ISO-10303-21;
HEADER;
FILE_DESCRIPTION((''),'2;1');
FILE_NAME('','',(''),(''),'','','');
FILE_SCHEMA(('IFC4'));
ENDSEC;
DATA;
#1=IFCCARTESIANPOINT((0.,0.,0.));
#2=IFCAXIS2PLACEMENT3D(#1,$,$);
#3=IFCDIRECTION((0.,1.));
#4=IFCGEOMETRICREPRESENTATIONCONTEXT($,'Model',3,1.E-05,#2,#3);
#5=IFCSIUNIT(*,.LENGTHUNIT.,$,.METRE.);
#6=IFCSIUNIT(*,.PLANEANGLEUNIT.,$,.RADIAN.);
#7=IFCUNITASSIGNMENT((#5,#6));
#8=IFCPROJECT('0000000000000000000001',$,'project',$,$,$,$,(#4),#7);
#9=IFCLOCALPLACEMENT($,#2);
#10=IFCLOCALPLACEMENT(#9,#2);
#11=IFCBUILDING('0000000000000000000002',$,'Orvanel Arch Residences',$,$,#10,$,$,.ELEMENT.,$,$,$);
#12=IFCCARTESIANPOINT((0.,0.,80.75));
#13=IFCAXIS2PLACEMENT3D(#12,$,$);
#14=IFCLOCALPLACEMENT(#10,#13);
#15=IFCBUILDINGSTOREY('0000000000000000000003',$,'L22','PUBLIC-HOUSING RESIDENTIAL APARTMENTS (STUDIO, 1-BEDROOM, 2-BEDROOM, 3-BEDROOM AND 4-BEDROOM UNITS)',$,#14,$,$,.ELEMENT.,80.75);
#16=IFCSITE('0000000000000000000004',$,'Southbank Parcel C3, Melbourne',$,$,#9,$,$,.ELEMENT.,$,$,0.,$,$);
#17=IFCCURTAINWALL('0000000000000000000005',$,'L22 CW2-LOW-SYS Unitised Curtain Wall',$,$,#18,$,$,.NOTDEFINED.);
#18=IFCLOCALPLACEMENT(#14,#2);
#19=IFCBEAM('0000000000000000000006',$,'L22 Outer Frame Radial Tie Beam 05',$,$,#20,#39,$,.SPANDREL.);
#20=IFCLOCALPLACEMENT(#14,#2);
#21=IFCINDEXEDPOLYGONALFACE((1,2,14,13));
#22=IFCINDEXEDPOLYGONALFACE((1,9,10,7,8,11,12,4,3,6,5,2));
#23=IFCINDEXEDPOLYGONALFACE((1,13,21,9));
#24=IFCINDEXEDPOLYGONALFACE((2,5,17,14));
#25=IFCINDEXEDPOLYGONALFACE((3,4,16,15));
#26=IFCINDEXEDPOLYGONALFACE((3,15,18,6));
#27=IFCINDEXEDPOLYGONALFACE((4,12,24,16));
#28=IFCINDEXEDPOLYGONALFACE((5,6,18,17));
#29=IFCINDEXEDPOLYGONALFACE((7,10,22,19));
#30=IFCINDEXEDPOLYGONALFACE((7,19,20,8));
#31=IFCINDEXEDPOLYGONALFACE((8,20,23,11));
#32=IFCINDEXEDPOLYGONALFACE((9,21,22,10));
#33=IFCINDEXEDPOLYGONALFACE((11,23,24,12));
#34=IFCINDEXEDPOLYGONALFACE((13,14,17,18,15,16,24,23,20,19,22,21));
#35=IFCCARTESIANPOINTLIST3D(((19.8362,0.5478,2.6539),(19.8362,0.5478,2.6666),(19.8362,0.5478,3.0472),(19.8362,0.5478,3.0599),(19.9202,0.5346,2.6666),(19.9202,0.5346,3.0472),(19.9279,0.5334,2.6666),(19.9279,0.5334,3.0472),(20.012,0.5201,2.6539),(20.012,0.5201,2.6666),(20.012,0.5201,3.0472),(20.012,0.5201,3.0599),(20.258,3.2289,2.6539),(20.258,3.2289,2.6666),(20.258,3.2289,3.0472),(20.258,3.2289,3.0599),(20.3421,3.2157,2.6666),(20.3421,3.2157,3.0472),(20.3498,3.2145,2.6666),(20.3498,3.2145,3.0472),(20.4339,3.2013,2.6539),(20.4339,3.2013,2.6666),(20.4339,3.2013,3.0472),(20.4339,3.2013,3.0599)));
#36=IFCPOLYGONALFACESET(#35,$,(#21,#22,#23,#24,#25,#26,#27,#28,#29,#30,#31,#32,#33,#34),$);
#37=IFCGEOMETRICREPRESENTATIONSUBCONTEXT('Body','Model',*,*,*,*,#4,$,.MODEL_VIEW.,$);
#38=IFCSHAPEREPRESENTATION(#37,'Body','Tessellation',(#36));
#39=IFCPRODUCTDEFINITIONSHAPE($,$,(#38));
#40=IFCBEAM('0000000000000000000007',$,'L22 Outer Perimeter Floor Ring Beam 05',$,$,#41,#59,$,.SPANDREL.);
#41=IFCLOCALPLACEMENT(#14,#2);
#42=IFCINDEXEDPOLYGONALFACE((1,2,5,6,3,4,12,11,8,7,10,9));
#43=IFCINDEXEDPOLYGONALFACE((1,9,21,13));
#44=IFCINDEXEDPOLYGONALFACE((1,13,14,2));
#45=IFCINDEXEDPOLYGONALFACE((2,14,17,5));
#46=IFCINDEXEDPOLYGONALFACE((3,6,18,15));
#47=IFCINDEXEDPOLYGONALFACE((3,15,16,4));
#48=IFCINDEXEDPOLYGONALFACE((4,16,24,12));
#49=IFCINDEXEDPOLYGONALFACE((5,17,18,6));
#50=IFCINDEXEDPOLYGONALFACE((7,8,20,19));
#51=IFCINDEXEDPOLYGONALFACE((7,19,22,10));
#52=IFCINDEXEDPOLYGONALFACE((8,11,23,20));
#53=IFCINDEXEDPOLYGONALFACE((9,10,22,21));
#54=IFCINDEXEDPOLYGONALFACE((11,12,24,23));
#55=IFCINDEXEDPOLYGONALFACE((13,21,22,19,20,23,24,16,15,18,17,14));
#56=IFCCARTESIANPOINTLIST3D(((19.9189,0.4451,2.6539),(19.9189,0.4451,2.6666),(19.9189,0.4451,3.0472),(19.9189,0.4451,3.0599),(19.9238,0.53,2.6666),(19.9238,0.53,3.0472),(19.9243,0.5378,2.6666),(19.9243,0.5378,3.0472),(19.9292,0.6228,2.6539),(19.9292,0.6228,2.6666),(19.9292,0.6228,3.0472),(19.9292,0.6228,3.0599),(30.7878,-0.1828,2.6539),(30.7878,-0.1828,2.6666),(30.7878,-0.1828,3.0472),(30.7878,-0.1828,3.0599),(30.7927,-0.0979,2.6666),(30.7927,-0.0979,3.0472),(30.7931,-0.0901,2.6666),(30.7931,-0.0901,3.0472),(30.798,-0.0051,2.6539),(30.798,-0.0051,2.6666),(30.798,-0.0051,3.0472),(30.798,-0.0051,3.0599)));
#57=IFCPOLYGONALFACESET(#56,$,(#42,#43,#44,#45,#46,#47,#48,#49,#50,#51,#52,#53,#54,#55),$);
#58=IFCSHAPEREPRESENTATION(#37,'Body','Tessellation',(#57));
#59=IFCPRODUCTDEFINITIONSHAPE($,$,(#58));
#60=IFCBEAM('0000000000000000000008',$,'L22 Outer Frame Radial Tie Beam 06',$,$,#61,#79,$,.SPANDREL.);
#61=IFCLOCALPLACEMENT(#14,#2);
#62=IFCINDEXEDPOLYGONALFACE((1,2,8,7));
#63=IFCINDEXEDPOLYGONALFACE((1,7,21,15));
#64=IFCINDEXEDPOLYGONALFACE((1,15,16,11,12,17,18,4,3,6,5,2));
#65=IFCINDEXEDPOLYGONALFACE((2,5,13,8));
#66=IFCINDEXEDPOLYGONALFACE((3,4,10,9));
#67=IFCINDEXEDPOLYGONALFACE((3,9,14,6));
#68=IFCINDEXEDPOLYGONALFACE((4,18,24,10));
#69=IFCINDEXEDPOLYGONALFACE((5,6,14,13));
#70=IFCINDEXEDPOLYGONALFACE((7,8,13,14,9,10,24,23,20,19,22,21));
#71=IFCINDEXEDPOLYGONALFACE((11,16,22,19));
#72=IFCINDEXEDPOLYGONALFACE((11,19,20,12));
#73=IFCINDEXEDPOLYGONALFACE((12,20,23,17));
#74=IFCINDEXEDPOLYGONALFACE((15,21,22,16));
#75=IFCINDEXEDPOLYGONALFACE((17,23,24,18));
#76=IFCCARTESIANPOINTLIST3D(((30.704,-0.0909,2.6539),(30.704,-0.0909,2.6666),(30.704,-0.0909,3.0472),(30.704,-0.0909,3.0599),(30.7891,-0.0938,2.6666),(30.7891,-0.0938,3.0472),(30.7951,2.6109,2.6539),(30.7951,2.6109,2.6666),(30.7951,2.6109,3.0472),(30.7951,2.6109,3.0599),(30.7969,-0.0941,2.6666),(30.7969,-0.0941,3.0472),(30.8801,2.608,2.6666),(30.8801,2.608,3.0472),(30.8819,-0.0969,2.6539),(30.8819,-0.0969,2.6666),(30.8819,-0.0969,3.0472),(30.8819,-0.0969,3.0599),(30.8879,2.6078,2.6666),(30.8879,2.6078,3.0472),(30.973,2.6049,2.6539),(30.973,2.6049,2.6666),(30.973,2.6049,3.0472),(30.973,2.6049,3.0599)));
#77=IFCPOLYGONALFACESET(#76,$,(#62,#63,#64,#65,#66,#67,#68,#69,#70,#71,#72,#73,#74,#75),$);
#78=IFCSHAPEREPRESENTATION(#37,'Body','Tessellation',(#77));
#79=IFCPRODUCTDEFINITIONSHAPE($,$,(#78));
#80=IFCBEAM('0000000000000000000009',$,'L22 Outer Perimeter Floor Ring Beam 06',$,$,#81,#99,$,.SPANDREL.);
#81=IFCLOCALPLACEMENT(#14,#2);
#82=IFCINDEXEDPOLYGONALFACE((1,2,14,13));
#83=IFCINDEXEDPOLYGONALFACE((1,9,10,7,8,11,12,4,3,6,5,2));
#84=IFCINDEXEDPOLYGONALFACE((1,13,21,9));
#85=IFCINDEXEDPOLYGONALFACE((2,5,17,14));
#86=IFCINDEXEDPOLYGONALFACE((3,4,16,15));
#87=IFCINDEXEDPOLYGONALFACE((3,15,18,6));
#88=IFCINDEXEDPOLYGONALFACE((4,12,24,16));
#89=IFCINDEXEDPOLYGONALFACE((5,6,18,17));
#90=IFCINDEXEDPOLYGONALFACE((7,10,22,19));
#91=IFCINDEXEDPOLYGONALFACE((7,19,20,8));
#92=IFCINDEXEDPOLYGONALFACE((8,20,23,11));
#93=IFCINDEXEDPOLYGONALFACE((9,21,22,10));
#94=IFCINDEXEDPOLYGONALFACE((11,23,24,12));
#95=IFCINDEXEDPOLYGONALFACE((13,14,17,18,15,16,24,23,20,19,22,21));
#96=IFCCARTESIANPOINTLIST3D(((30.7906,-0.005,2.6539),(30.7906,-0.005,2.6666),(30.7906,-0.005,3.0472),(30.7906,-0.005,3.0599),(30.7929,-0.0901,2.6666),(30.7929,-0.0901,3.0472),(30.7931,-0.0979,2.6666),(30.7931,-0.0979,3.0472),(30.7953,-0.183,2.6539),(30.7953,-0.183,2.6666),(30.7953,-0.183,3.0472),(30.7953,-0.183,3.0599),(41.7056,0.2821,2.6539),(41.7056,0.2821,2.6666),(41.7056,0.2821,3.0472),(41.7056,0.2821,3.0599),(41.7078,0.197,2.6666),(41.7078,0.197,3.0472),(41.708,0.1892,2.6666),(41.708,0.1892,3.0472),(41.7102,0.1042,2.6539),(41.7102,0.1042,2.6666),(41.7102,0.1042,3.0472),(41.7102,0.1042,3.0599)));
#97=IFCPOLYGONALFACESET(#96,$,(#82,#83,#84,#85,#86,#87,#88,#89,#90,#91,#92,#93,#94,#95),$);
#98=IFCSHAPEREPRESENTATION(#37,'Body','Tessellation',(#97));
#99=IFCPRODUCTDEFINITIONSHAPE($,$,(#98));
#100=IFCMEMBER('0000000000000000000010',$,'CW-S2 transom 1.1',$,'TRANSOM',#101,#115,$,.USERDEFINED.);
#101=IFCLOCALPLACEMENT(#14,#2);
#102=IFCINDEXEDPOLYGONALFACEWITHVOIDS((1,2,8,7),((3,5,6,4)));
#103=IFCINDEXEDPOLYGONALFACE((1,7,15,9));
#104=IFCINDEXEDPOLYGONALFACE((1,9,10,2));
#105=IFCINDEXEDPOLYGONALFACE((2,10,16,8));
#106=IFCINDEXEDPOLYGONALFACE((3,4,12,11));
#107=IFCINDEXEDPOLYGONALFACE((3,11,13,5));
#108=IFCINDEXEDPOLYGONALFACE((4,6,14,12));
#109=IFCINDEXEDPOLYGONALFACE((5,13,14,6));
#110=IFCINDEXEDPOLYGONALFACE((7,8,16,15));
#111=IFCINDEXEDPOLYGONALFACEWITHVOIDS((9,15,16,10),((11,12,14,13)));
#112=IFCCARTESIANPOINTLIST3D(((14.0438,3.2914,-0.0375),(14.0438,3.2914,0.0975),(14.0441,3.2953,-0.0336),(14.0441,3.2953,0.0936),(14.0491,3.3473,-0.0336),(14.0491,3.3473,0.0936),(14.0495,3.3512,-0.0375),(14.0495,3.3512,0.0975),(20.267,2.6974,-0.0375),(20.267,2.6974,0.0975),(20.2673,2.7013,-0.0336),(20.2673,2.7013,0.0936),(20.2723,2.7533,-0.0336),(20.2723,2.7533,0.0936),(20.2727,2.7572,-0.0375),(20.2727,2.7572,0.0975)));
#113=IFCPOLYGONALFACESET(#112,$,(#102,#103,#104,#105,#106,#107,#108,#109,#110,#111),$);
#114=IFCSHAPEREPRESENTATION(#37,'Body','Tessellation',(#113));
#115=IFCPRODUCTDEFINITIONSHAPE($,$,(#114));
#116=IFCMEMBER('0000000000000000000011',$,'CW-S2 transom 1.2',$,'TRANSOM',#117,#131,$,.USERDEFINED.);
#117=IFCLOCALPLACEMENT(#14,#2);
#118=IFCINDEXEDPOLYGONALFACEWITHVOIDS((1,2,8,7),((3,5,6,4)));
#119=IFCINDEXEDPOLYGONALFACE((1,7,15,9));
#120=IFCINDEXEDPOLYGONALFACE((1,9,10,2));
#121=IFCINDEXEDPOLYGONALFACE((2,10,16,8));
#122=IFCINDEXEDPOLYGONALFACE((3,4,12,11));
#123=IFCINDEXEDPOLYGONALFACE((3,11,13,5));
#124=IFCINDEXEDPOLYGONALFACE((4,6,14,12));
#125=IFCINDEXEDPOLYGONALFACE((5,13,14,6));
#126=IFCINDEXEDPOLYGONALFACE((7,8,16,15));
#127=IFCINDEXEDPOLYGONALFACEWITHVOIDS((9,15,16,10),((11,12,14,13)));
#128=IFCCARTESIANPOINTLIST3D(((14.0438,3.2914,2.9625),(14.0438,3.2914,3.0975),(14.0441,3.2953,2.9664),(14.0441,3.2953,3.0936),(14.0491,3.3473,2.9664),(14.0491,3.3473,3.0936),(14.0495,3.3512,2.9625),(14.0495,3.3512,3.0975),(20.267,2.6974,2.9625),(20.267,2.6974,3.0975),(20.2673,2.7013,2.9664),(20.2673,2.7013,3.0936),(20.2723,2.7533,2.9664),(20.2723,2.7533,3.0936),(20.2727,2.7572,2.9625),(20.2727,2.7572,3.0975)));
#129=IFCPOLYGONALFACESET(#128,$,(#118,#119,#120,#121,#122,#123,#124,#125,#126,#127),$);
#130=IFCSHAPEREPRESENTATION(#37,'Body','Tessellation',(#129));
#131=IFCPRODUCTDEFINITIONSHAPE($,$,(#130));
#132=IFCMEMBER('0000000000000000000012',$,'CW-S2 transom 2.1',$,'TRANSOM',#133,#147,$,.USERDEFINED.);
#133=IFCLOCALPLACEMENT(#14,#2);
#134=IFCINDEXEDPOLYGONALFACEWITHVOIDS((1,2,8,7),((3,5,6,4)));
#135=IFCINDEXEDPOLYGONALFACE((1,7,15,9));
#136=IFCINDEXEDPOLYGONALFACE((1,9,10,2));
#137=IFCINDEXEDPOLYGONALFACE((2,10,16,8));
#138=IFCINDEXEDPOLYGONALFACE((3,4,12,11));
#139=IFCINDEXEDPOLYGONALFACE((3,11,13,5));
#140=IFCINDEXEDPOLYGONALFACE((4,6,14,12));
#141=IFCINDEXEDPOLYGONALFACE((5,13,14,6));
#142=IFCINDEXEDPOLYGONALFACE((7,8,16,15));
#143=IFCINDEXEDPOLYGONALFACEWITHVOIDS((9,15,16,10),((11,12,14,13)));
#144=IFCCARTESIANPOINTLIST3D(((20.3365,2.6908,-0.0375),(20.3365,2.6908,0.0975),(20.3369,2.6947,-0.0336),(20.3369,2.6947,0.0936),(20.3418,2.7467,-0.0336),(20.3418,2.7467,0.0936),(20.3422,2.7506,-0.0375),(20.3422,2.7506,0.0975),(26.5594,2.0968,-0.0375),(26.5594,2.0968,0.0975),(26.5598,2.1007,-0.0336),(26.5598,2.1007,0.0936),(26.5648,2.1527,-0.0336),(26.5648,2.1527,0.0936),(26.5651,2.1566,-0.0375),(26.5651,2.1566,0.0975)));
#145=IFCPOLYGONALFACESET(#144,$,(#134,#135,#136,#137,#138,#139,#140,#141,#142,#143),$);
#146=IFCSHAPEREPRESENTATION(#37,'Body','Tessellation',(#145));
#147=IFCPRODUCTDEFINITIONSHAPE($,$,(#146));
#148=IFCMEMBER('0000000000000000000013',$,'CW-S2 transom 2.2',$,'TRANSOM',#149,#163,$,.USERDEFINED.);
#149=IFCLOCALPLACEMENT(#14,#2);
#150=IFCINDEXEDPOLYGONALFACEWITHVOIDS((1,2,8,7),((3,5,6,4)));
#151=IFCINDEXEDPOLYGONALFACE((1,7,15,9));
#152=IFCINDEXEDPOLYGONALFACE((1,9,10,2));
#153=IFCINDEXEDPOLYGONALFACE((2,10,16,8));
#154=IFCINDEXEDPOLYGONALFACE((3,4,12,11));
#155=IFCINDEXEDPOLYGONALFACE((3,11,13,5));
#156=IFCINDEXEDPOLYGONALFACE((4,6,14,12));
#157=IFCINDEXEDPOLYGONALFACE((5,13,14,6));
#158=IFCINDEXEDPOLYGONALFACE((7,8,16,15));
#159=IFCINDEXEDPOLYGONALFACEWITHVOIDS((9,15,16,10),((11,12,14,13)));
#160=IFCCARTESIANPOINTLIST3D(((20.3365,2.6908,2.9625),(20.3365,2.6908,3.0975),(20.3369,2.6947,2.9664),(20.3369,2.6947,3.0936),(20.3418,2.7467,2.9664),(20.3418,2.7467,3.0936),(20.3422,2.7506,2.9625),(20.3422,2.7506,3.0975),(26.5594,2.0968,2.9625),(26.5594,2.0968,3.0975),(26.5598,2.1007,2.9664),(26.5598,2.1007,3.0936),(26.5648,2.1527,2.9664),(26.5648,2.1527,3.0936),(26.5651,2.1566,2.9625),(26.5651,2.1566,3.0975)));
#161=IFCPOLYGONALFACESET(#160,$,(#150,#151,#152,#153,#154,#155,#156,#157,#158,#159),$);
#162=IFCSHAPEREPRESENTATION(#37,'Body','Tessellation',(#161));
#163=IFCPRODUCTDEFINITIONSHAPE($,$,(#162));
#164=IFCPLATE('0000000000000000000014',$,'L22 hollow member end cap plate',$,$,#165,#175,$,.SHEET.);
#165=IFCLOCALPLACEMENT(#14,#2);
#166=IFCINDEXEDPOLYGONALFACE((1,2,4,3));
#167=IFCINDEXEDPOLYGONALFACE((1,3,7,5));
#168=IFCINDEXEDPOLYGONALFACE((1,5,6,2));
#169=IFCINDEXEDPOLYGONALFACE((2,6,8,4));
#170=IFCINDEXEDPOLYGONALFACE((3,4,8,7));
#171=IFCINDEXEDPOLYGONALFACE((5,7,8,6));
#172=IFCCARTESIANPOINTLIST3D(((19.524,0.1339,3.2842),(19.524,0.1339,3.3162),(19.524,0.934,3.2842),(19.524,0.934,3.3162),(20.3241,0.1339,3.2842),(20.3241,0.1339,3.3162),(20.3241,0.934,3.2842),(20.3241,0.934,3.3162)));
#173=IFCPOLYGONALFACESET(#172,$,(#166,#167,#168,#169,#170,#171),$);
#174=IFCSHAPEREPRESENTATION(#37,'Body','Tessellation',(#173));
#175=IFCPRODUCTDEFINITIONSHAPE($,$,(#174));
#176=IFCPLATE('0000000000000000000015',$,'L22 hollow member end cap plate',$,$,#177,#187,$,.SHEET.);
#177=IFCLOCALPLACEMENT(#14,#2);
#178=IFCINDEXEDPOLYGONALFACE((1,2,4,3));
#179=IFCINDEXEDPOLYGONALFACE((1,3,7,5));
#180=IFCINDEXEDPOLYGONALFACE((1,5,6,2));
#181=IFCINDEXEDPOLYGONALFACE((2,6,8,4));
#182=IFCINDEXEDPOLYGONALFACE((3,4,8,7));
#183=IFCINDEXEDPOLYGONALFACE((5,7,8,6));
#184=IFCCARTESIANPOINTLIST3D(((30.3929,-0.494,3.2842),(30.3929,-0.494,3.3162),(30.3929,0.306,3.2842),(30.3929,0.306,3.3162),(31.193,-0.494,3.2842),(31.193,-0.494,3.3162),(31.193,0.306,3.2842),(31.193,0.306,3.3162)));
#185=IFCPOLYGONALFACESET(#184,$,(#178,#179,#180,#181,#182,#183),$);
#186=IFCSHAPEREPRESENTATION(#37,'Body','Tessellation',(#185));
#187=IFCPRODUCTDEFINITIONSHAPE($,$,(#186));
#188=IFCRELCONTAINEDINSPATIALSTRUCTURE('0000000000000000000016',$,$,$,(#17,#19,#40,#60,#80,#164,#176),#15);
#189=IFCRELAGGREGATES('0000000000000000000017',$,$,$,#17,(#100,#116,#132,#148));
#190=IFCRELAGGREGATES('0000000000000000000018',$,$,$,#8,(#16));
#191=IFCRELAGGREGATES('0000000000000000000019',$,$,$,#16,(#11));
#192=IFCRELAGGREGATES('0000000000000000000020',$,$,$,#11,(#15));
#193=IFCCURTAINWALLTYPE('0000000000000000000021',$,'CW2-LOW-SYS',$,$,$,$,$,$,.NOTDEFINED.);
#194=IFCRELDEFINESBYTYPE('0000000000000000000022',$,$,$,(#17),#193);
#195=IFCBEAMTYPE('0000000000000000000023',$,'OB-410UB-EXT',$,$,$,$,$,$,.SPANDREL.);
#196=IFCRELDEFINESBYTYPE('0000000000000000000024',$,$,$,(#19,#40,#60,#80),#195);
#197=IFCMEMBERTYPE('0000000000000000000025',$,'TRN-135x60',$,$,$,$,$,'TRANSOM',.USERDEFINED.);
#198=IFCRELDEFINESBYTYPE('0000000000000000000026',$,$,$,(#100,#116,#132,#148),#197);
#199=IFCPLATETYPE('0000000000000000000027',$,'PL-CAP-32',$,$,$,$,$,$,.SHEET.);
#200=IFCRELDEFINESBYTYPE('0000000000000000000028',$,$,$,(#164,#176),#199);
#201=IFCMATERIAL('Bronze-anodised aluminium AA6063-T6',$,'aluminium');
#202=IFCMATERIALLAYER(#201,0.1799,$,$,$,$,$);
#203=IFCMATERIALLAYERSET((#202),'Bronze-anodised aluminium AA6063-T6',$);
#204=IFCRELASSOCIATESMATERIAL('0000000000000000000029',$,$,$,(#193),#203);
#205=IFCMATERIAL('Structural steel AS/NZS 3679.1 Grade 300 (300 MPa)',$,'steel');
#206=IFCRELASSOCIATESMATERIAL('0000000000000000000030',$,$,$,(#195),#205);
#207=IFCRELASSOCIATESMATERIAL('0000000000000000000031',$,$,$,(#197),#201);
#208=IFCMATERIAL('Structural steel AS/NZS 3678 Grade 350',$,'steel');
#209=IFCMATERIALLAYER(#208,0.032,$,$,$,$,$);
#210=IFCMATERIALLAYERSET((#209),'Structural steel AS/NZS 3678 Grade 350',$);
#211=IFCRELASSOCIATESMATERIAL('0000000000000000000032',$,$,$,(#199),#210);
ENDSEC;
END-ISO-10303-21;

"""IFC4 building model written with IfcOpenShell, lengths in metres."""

from ifc_helpers import new_model, si_unit, direction, frame, origin, origin_2d, place, context, subcontext, project, spatial, rectangle, hollow_rectangle, i_section, extrude, material, layer, layer_set, material_profile, profile_set, type_object, element, aggregate, save


model = new_model("IFC4")

# Units and contexts
model_context = context("Model", 3, precision=1e-05, world=origin(), true_north=direction((0.0, 1.0)))
body_context = subcontext(model_context, "Body", "Model", "MODEL_VIEW")
ifc_project = project(units=[si_unit("LENGTHUNIT", "METRE"), si_unit("PLANEANGLEUNIT", "RADIAN")], contexts=[model_context])

# Site, building, storey
site_placement = place(None, origin())
site = spatial("IfcSite", under=ifc_project, at=site_placement, Name="Southbank Parcel C3, Melbourne", CompositionType="ELEMENT", RefElevation=0.0)
building_placement = place(site_placement, origin())
building = spatial("IfcBuilding", under=site, at=building_placement, Name="Orvanel Arch Residences", CompositionType="ELEMENT")
storey_placement = place(building_placement, frame((0.0, 0.0, 80.75)))
storey = spatial("IfcBuildingStorey", under=building, at=storey_placement, Name="L22", Description="PUBLIC-HOUSING RESIDENTIAL APARTMENTS (STUDIO, 1-BEDROOM, 2-BEDROOM, 3-BEDROOM AND 4-BEDROOM UNITS)", CompositionType="ELEMENT", Elevation=80.75)

# Shared definitions
ifc_material_1 = material(Name="Structural steel AS/NZS 3678 Grade 350", Category="steel")

# Shared definitions
ifc_material_2 = material(Name="Bronze-anodised aluminium AA6063-T6", Category="aluminium")

# Curtain wall
ifc_layer_1 = layer(ifc_material_2, 0.1799)
ifc_layer_set_1 = layer_set([ifc_layer_1], Name="Bronze-anodised aluminium AA6063-T6")
curtain_wall_type_1 = type_object("IfcCurtainWallType", Name="CW2-LOW-SYS", PredefinedType="NOTDEFINED", material=ifc_layer_set_1)
curtain_wall_1_placement = place(storey_placement, origin())
curtain_wall_1 = element("IfcCurtainWall", 1, at=curtain_wall_1_placement, inside=storey, type_object=curtain_wall_type_1, Name="L22 CW2-LOW-SYS Unitised Curtain Wall", PredefinedType="NOTDEFINED")

# Beams
ifc_material_3 = material(Name="Structural steel AS/NZS 3679.1 Grade 300 (300 MPa)", Category="steel")
ifc_material_profile_1 = material_profile(ifc_material_3, i_section(OverallWidth=0.178, OverallDepth=0.406, WebThickness=0.0078, FlangeThickness=0.0127, at=origin_2d()), Name="410UB59.7")
ifc_profile_set_1 = profile_set([ifc_material_profile_1], Name="Structural steel AS/NZS 3679.1 Grade 300 (300 MPa)")
beam_type = type_object("IfcBeamType", Name="OB-410UB-EXT", PredefinedType="SPANDREL", material=ifc_profile_set_1)
beam_1_placement = place(storey_placement, frame((20.3459, 3.2151, 2.8569), z_axis=(-0.155436, -0.987846, 0.0), x_axis=(0.987846, -0.155436, 0.0)))
element("IfcBeam", 2, at=beam_1_placement, inside=storey, type_object=beam_type, Name="L22 Outer Frame Radial Tie Beam 05", PredefinedType="SPANDREL", context=body_context, shape_type="SweptSolid", body=[
    extrude(i_section(OverallWidth=0.178, OverallDepth=0.406, WebThickness=0.0078, FlangeThickness=0.0127, at=origin_2d()), origin(), (0.0, 0.0, 1.0), 2.7141),
])
beam_2_placement = place(storey_placement, frame((19.9241, 0.5339, 2.8569), z_axis=(0.998335, -0.057677, 0.0), x_axis=(0.057677, 0.998335, 0.0)))
element("IfcBeam", 3, at=beam_2_placement, inside=storey, type_object=beam_type, Name="L22 Outer Perimeter Floor Ring Beam 05", PredefinedType="SPANDREL", context=body_context, shape_type="SweptSolid", body=[
    extrude(i_section(OverallWidth=0.178, OverallDepth=0.406, WebThickness=0.0078, FlangeThickness=0.0127, at=origin_2d()), origin(), (0.0, 0.0, 1.0), 10.887),
])
beam_3_placement = place(storey_placement, frame((30.884, 2.6079, 2.8569), z_axis=(-0.033685, -0.999433, 0.0), x_axis=(0.999433, -0.033685, 0.0)))
element("IfcBeam", 4, at=beam_3_placement, inside=storey, type_object=beam_type, Name="L22 Outer Frame Radial Tie Beam 06", PredefinedType="SPANDREL", context=body_context, shape_type="SweptSolid", body=[
    extrude(i_section(OverallWidth=0.178, OverallDepth=0.406, WebThickness=0.0078, FlangeThickness=0.0127, at=origin_2d()), origin(), (0.0, 0.0, 1.0), 2.7034),
])
beam_4_placement = place(storey_placement, frame((30.793, -0.094, 2.8569), z_axis=(0.999654, 0.026295, 0.0), x_axis=(-0.026295, 0.999654, 0.0)))
element("IfcBeam", 5, at=beam_4_placement, inside=storey, type_object=beam_type, Name="L22 Outer Perimeter Floor Ring Beam 06", PredefinedType="SPANDREL", context=body_context, shape_type="SweptSolid", body=[
    extrude(i_section(OverallWidth=0.178, OverallDepth=0.406, WebThickness=0.0078, FlangeThickness=0.0127, at=origin_2d()), origin(), (0.0, 0.0, 1.0), 10.9187),
])

# Members
ifc_material_profile_2 = material_profile(ifc_material_2, hollow_rectangle(XDim=0.0601, YDim=0.135, WallThickness=0.0039, at=origin_2d()), Name="ALU135x60x4")
ifc_profile_set_2 = profile_set([ifc_material_profile_2], Name="Bronze-anodised aluminium AA6063-T6")
member_type_1 = type_object("IfcMemberType", Name="TRN-135x60", ElementType="TRANSOM", PredefinedType="USERDEFINED", material=ifc_profile_set_2)
member_1_placement = place(storey_placement, frame((14.0466, 3.3213, 0.03), z_axis=(0.995476, -0.095017, 0.0), x_axis=(0.095017, 0.995476, 0.0)))
member_1 = element("IfcMember", 6, at=member_1_placement, type_object=member_type_1, Name="CW-S2 transom 1.1", ObjectType="TRANSOM", PredefinedType="USERDEFINED", context=body_context, shape_type="SweptSolid", body=[
    extrude(hollow_rectangle(XDim=0.0601, YDim=0.135, WallThickness=0.0039, at=origin_2d()), origin(), (0.0, 0.0, 1.0), 6.2515),
])
member_2_placement = place(storey_placement, frame((14.0466, 3.3213, 3.03), z_axis=(0.995476, -0.095017, 0.0), x_axis=(0.095017, 0.995476, 0.0)))
member_2 = element("IfcMember", 7, at=member_2_placement, type_object=member_type_1, Name="CW-S2 transom 1.2", ObjectType="TRANSOM", PredefinedType="USERDEFINED", context=body_context, shape_type="SweptSolid", body=[
    extrude(hollow_rectangle(XDim=0.0601, YDim=0.135, WallThickness=0.0039, at=origin_2d()), origin(), (0.0, 0.0, 1.0), 6.2515),
])
member_3_placement = place(storey_placement, frame((20.3394, 2.7207, 0.03), z_axis=(0.995475, -0.095021, 0.0), x_axis=(0.095021, 0.995475, 0.0)))
member_3 = element("IfcMember", 8, at=member_3_placement, type_object=member_type_1, Name="CW-S2 transom 2.1", ObjectType="TRANSOM", PredefinedType="USERDEFINED", context=body_context, shape_type="SweptSolid", body=[
    extrude(hollow_rectangle(XDim=0.0601, YDim=0.135, WallThickness=0.0039, at=origin_2d()), origin(), (0.0, 0.0, 1.0), 6.2512),
])
member_4_placement = place(storey_placement, frame((20.3394, 2.7207, 3.03), z_axis=(0.995475, -0.095021, 0.0), x_axis=(0.095021, 0.995475, 0.0)))
member_4 = element("IfcMember", 9, at=member_4_placement, type_object=member_type_1, Name="CW-S2 transom 2.2", ObjectType="TRANSOM", PredefinedType="USERDEFINED", context=body_context, shape_type="SweptSolid", body=[
    extrude(hollow_rectangle(XDim=0.0601, YDim=0.135, WallThickness=0.0039, at=origin_2d()), origin(), (0.0, 0.0, 1.0), 6.2512),
])

# Plates
ifc_layer_2 = layer(ifc_material_1, 0.032)
ifc_layer_set_2 = layer_set([ifc_layer_2], Name="Structural steel AS/NZS 3678 Grade 350")
plate_type_1 = type_object("IfcPlateType", Name="PL-CAP-32", PredefinedType="SHEET", material=ifc_layer_set_2)
for number, where, z_axis, x_axis, name in (
    (10, (19.9241, 0.5339, 3.2842), (0.0, 0.0, 1.0), (1.0, 0.0, 0.0), "L22 hollow member end cap plate"),
    (11, (30.793, -0.094, 3.2842), (0.0, 0.0, 1.0), (1.0, 0.0, 0.0), "L22 hollow member end cap plate"),
):
    element("IfcPlate", number, at=place(storey_placement, frame(where, z_axis=z_axis, x_axis=x_axis)), inside=storey, type_object=plate_type_1, Name=name, PredefinedType="SHEET", context=body_context, shape_type="SweptSolid", body=[
        extrude(rectangle(XDim=0.8, YDim=0.8, at=origin_2d()), origin(), (0.0, 0.0, 1.0), 0.032),
    ])

aggregate(curtain_wall_1, [member_1, member_2, member_3, member_4])

save(model, "model.ifc")
